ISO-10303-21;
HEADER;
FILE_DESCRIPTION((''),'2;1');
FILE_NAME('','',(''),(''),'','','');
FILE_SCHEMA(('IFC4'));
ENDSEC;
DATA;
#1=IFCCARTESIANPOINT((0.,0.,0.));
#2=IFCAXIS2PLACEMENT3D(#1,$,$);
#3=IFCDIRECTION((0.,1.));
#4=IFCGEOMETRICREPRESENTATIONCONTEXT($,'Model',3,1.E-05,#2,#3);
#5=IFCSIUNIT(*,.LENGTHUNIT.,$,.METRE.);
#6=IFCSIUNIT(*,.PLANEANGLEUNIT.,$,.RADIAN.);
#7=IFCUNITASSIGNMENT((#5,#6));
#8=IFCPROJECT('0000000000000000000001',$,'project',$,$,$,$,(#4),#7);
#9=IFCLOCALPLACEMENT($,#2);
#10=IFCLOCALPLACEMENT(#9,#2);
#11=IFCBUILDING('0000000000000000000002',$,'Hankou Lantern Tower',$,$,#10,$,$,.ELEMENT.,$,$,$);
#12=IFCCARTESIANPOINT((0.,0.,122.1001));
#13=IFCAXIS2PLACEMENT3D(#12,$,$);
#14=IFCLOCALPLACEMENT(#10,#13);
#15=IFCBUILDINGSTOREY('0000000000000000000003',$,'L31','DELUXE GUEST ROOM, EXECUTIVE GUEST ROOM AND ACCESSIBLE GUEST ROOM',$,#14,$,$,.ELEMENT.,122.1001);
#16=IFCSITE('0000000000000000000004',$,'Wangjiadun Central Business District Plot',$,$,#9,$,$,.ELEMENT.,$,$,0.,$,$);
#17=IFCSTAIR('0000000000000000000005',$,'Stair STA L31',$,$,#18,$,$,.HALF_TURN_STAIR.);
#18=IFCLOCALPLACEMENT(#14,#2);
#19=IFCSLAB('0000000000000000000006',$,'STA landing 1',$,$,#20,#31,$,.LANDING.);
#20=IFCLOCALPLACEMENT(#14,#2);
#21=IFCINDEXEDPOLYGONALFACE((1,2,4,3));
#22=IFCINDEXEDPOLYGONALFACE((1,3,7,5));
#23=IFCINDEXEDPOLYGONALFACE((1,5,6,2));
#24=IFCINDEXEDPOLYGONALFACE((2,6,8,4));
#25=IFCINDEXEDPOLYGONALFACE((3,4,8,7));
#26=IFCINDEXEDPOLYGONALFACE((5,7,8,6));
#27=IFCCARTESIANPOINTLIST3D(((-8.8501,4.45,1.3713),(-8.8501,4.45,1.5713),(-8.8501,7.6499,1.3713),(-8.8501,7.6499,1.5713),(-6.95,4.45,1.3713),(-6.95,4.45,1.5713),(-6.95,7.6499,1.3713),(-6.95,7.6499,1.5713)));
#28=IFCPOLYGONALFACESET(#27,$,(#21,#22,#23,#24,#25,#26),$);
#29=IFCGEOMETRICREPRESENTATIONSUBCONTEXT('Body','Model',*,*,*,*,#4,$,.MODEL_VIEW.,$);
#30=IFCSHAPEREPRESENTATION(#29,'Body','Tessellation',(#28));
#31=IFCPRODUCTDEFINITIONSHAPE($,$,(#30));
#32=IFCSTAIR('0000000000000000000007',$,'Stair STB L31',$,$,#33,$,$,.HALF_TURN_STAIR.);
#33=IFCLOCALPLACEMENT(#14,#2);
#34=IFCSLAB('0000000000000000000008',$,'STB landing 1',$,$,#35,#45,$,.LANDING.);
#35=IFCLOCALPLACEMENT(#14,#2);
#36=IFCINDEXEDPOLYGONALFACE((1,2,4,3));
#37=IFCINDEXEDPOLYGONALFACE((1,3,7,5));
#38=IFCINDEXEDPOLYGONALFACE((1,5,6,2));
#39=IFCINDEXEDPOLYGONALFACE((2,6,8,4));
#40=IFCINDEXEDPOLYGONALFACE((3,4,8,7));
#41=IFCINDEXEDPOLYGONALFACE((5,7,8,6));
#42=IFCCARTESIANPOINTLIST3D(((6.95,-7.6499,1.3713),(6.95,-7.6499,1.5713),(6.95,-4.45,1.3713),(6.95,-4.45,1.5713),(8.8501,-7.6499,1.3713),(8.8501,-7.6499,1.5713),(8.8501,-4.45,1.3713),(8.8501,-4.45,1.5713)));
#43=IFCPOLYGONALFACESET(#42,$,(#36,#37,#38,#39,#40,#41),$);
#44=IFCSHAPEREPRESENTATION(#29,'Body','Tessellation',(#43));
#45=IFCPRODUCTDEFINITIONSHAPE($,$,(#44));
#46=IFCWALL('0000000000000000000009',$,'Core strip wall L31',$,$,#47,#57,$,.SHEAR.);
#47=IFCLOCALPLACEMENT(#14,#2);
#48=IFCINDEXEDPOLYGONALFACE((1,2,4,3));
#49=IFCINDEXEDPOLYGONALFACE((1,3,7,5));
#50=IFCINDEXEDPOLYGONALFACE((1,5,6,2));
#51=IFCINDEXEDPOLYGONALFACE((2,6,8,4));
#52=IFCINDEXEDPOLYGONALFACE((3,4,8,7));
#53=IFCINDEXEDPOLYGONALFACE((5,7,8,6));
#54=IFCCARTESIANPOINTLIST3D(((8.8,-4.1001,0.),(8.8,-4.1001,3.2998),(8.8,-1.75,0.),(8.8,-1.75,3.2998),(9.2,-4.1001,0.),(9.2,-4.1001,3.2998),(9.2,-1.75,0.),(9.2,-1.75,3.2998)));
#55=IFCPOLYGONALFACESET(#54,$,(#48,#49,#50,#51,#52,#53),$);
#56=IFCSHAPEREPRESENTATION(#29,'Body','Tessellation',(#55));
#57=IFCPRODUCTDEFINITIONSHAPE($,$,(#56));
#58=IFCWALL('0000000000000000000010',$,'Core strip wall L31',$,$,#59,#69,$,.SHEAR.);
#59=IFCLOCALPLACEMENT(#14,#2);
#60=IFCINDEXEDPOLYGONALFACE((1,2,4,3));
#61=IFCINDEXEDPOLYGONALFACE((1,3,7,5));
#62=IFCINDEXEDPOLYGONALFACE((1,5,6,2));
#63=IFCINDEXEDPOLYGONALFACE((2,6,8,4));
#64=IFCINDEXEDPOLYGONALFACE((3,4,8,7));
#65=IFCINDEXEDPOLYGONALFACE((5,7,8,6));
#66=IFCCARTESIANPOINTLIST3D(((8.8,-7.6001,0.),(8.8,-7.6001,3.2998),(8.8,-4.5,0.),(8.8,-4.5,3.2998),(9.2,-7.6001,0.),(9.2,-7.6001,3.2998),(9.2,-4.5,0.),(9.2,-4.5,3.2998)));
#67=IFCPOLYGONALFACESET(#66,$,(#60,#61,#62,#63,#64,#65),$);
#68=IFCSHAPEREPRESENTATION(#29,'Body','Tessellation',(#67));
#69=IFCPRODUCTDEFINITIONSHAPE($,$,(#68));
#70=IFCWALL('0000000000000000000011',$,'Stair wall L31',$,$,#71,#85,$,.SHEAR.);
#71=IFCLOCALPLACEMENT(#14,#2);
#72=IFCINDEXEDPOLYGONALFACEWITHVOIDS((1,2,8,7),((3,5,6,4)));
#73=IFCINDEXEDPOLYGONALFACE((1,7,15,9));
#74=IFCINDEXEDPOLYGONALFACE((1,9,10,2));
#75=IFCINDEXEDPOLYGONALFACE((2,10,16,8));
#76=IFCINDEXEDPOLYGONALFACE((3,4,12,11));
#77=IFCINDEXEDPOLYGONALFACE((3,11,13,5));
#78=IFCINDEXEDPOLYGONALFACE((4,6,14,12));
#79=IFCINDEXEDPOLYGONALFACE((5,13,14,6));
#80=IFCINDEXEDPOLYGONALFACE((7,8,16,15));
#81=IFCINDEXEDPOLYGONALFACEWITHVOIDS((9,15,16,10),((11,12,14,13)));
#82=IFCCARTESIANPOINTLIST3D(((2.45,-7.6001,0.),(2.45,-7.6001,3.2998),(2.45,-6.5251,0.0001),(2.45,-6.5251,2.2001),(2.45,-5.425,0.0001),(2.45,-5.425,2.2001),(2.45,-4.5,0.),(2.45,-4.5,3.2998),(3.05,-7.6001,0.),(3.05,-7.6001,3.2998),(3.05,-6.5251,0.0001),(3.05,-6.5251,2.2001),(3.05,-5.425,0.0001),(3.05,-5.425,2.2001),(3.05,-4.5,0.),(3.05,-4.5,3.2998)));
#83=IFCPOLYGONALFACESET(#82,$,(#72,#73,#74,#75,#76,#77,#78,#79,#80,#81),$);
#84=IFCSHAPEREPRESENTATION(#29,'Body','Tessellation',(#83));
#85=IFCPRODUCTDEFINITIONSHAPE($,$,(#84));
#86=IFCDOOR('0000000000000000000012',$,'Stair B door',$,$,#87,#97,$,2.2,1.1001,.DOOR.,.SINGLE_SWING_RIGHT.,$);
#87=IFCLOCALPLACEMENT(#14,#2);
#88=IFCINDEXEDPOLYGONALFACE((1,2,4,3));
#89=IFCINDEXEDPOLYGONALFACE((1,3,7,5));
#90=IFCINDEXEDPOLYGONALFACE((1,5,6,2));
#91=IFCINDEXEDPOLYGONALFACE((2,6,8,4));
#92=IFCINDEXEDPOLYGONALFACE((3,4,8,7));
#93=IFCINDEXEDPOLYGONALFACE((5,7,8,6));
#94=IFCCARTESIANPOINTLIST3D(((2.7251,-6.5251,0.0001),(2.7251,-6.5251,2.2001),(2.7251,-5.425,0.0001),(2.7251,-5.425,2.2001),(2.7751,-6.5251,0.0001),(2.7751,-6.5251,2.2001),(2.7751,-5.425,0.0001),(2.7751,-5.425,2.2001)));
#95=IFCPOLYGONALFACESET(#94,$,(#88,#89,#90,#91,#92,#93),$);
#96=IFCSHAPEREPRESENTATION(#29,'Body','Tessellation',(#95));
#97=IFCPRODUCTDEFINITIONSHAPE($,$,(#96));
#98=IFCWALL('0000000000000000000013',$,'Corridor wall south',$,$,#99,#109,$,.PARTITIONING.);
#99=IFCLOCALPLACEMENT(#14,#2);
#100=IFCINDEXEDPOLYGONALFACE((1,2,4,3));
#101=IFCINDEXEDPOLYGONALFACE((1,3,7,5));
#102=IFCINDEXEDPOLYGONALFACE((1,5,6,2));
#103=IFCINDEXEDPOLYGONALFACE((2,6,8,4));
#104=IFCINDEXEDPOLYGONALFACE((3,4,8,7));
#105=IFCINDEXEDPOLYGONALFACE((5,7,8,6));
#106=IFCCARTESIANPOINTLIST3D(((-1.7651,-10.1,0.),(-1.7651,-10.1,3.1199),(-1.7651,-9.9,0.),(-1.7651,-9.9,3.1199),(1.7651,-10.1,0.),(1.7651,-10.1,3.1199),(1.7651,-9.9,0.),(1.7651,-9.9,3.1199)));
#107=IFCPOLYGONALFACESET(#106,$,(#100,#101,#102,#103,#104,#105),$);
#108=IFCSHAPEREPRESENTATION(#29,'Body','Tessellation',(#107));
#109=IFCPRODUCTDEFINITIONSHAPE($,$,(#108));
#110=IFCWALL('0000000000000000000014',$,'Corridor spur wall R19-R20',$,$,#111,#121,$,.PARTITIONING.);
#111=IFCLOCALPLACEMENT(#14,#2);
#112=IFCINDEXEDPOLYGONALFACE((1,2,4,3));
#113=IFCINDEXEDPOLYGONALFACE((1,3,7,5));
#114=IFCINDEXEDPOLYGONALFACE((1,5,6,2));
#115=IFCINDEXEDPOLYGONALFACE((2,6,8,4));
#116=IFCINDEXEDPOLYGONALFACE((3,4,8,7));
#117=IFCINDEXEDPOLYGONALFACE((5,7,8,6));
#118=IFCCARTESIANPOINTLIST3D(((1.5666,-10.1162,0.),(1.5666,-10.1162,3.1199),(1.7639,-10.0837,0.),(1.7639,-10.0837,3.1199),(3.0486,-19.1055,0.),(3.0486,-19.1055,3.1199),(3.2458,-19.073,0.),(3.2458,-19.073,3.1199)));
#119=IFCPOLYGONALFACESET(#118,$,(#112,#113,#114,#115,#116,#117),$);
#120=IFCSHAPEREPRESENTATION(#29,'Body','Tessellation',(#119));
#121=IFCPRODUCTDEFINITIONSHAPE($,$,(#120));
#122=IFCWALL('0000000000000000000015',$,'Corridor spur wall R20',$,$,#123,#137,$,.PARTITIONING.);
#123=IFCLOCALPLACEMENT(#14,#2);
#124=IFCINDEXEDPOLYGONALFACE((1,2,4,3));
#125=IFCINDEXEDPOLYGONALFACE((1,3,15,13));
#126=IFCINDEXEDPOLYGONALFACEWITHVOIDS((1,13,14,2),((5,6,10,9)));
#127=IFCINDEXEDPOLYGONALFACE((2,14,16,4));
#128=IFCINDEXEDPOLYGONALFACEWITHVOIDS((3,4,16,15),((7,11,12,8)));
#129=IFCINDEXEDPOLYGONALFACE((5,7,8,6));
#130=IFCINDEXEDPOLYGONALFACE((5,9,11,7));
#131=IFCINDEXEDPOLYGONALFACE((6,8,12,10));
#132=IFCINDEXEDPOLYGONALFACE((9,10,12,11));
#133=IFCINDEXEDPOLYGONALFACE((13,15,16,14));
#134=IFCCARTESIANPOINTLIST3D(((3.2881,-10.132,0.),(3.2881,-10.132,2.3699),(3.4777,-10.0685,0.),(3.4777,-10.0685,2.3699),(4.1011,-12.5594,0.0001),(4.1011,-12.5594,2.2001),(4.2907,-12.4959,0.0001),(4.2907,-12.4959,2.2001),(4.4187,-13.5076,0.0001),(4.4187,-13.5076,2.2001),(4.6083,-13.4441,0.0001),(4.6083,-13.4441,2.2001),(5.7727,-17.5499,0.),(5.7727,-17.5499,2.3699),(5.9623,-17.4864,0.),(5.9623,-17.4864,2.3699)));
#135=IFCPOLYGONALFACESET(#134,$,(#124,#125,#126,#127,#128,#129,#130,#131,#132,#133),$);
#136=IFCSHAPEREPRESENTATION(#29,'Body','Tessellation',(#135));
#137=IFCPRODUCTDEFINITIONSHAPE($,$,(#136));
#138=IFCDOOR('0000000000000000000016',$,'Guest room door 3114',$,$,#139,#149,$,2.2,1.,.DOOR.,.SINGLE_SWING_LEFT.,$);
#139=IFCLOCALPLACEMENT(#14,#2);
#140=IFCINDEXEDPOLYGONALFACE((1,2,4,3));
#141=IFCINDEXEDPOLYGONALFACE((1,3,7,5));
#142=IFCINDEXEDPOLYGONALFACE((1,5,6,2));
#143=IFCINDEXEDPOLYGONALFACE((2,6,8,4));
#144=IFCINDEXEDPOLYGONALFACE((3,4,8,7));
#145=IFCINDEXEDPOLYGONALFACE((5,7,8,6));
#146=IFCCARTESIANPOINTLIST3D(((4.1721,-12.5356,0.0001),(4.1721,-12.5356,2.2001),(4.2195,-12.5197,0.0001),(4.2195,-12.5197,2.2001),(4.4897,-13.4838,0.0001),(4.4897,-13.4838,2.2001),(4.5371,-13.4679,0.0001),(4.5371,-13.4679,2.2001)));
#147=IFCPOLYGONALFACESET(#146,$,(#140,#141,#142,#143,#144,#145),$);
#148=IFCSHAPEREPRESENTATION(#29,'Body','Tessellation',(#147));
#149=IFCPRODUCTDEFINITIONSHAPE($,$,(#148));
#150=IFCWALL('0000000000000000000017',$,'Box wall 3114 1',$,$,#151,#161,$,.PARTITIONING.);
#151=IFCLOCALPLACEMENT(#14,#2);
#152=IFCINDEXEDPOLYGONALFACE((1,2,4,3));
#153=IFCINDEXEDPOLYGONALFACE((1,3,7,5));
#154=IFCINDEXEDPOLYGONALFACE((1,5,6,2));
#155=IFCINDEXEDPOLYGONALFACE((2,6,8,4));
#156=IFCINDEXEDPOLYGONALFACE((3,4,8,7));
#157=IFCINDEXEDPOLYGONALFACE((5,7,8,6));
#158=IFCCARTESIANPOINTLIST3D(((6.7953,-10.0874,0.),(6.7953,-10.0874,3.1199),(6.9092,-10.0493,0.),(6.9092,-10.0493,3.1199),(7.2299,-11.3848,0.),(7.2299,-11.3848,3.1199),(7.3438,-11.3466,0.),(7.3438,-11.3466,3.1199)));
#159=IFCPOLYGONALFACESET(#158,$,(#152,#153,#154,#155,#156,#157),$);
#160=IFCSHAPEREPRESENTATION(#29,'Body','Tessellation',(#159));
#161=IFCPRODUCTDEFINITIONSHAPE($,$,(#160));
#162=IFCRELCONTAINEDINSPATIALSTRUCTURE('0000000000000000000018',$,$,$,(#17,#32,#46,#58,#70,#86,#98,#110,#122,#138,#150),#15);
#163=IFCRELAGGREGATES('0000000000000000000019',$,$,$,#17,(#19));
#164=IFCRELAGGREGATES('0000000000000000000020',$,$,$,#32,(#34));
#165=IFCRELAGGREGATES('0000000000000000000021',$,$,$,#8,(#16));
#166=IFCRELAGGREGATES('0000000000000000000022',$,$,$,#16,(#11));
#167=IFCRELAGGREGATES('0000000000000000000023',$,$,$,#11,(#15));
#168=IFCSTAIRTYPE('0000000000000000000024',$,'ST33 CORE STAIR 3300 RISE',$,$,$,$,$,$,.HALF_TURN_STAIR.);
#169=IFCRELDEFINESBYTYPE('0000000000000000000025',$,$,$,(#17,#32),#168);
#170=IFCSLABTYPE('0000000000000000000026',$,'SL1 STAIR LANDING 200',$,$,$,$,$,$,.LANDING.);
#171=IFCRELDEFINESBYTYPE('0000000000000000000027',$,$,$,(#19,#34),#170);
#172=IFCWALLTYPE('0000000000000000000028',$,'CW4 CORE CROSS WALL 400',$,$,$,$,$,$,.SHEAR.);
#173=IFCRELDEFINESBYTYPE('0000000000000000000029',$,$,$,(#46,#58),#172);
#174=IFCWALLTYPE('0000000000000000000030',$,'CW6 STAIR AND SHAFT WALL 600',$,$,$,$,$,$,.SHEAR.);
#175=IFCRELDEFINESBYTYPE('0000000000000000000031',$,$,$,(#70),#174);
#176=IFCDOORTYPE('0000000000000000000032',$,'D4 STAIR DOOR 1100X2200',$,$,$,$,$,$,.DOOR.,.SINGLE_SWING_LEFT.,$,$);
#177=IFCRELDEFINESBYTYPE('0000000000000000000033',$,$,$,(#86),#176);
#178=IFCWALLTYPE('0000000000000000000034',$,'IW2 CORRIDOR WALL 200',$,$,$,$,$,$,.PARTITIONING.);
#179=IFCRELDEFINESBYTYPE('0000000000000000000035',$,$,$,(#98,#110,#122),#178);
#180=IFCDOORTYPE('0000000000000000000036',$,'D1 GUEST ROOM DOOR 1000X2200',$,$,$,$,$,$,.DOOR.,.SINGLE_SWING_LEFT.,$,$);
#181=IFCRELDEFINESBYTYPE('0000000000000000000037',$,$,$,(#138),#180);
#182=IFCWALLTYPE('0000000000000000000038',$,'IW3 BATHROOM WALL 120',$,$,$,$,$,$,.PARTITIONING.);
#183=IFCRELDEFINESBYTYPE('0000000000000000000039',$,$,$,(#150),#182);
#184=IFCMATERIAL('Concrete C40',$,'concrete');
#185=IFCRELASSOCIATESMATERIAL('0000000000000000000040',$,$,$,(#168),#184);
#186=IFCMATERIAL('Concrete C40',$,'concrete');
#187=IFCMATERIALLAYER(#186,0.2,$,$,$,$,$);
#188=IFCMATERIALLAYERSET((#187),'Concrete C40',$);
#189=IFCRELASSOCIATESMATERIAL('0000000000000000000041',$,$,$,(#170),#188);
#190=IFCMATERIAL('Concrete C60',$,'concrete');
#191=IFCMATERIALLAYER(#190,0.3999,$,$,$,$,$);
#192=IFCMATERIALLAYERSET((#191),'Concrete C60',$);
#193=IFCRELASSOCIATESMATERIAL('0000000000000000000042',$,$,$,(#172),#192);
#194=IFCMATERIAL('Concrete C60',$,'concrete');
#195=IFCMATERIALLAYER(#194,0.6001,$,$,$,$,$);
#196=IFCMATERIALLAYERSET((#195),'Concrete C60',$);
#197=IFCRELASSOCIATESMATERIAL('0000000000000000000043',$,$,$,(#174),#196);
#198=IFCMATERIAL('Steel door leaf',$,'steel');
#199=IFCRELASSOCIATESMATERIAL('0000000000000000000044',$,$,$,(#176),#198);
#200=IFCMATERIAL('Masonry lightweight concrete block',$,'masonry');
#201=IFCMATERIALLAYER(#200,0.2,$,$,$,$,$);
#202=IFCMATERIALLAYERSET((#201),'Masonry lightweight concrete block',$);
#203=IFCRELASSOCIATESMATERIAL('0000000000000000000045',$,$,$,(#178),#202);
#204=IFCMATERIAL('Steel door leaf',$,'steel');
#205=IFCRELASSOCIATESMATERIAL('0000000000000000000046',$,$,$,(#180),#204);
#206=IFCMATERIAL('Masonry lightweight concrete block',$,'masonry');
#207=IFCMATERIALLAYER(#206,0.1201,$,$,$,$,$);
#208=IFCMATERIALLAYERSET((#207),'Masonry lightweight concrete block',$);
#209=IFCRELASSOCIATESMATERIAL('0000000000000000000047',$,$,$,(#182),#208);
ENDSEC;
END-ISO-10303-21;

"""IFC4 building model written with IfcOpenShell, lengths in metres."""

from ifc_helpers import new_model, si_unit, direction, frame, frame_2d, origin, place, context, subcontext, project, spatial, polyline, rectangle, outline, extrude, material, layer, layer_set, type_object, element, fill, aggregate, save


model = new_model("IFC4")

# Units and contexts
model_context = context("Model", 3, precision=1e-05, world=origin(), true_north=direction((0.0, 1.0)))
body_context = subcontext(model_context, "Body", "Model", "MODEL_VIEW")
ifc_project = project(units=[si_unit("LENGTHUNIT", "METRE"), si_unit("PLANEANGLEUNIT", "RADIAN")], contexts=[model_context])

# Site, building, storey
site_placement = place(None, origin())
site = spatial("IfcSite", under=ifc_project, at=site_placement, Name="Wangjiadun Central Business District Plot", CompositionType="ELEMENT", RefElevation=0.0)
building_placement = place(site_placement, origin())
building = spatial("IfcBuilding", under=site, at=building_placement, Name="Hankou Lantern Tower", CompositionType="ELEMENT")
storey_placement = place(building_placement, frame((0.0, 0.0, 122.1001)))
storey = spatial("IfcBuildingStorey", under=building, at=storey_placement, Name="L31", Description="DELUXE GUEST ROOM, EXECUTIVE GUEST ROOM AND ACCESSIBLE GUEST ROOM", CompositionType="ELEMENT", Elevation=122.1001)

# Stairs, slabs
ifc_material_1 = material(Name="Concrete C40", Category="concrete")
stair_type = type_object("IfcStairType", Name="ST33 CORE STAIR 3300 RISE", PredefinedType="HALF_TURN_STAIR", material=ifc_material_1)
stair_1_placement = place(storey_placement, origin())
stair_1 = element("IfcStair", 1, at=stair_1_placement, inside=storey, type_object=stair_type, Name="Stair STA L31", PredefinedType="HALF_TURN_STAIR")
ifc_material_2 = material(Name="Concrete C40", Category="concrete")
ifc_layer_1 = layer(ifc_material_2, 0.2)
ifc_layer_set_1 = layer_set([ifc_layer_1], Name="Concrete C40")
slab_type = type_object("IfcSlabType", Name="SL1 STAIR LANDING 200", PredefinedType="LANDING", material=ifc_layer_set_1)
slab_1_placement = place(storey_placement, frame((0.0, 0.0, 1.3713)))
slab_1 = element("IfcSlab", 2, at=slab_1_placement, type_object=slab_type, Name="STA landing 1", PredefinedType="LANDING", context=body_context, shape_type="SweptSolid", body=[
    extrude(outline(polyline([(-8.8501, 4.45), (-6.95, 4.45), (-6.95, 7.6499), (-8.8501, 7.6499), (-8.8501, 4.45)])), origin(), (0.0, 0.0, 1.0), 0.2),
])
aggregate(stair_1, [slab_1])
stair_2_placement = place(storey_placement, origin())
stair_2 = element("IfcStair", 3, at=stair_2_placement, inside=storey, type_object=stair_type, Name="Stair STB L31", PredefinedType="HALF_TURN_STAIR")
slab_2_placement = place(storey_placement, frame((0.0, 0.0, 1.3713)))
slab_2 = element("IfcSlab", 4, at=slab_2_placement, type_object=slab_type, Name="STB landing 1", PredefinedType="LANDING", context=body_context, shape_type="SweptSolid", body=[
    extrude(outline(polyline([(8.8501, -4.45), (6.95, -4.45), (6.95, -7.6499), (8.8501, -7.6499), (8.8501, -4.45)])), origin(), (0.0, 0.0, 1.0), 0.2),
])

# Walls
ifc_material_3 = material(Name="Concrete C60", Category="concrete")
ifc_layer_2 = layer(ifc_material_3, 0.3999)
ifc_layer_set_2 = layer_set([ifc_layer_2], Name="Concrete C60")
wall_type_1 = type_object("IfcWallType", Name="CW4 CORE CROSS WALL 400", PredefinedType="SHEAR", material=ifc_layer_set_2)
wall_1_placement = place(storey_placement, frame((9.0, -4.1001, 0.0), z_axis=(0.0, 0.0, 1.0), x_axis=(0.0, 1.0, 0.0)))
element("IfcWall", 5, at=wall_1_placement, inside=storey, type_object=wall_type_1, Name="Core strip wall L31", PredefinedType="SHEAR", context=body_context, shape_type="SweptSolid", body=[
    extrude(rectangle(XDim=2.3501, YDim=0.3999, at=frame_2d((1.175, 0.0))), origin(), (0.0, 0.0, 1.0), 3.2998),
])
wall_2_placement = place(storey_placement, frame((9.0, -7.6001, 0.0), z_axis=(0.0, 0.0, 1.0), x_axis=(0.0, 1.0, 0.0)))
element("IfcWall", 6, at=wall_2_placement, inside=storey, type_object=wall_type_1, Name="Core strip wall L31", PredefinedType="SHEAR", context=body_context, shape_type="SweptSolid", body=[
    extrude(rectangle(XDim=3.1001, YDim=0.3999, at=frame_2d((1.55, 0.0))), origin(), (0.0, 0.0, 1.0), 3.2998),
])

# Wall, opening, door
ifc_material_4 = material(Name="Concrete C60", Category="concrete")
ifc_layer_3 = layer(ifc_material_4, 0.6001)
ifc_layer_set_3 = layer_set([ifc_layer_3], Name="Concrete C60")
wall_type_2 = type_object("IfcWallType", Name="CW6 STAIR AND SHAFT WALL 600", PredefinedType="SHEAR", material=ifc_layer_set_3)
wall_3_placement = place(storey_placement, frame((2.75, -7.6001, 0.0), z_axis=(0.0, 0.0, 1.0), x_axis=(0.0, 1.0, 0.0)))
wall_3 = element("IfcWall", 7, at=wall_3_placement, inside=storey, type_object=wall_type_2, Name="Stair wall L31", PredefinedType="SHEAR", context=body_context, shape_type="SweptSolid", body=[
    extrude(rectangle(XDim=3.1001, YDim=0.6001, at=frame_2d((1.55, 0.0))), origin(), (0.0, 0.0, 1.0), 3.2998),
])
opening_1_placement = place(wall_3_placement, frame((1.075, 0.0, 0.0)))
opening_1 = element("IfcOpeningElement", 8, at=opening_1_placement, cuts=wall_3, PredefinedType="OPENING", context=body_context, shape_type="SweptSolid", body=[
    extrude(rectangle(XDim=1.1001, YDim=2.2, at=frame_2d((0.55, 1.1001))), frame((0.0, 0.3101, 0.0), z_axis=(0.0, -1.0, 0.0), x_axis=(1.0, 0.0, 0.0)), (0.0, 0.0, 1.0), 0.6201),
])
ifc_material_5 = material(Name="Steel door leaf", Category="steel")
door_type_1 = type_object("IfcDoorType", Name="D4 STAIR DOOR 1100X2200", OperationType="SINGLE_SWING_LEFT", PredefinedType="DOOR", material=ifc_material_5)
door_1_placement = place(opening_1_placement, origin())
door_1 = element("IfcDoor", 9, at=door_1_placement, inside=storey, type_object=door_type_1, Name="Stair B door", OperationType="SINGLE_SWING_RIGHT", OverallHeight=2.2, OverallWidth=1.1001, PredefinedType="DOOR", context=body_context, shape_type="SweptSolid", body=[
    extrude(rectangle(XDim=1.1001, YDim=2.2, at=frame_2d((0.55, 1.1001))), frame((0.0, 0.0249, 0.0), z_axis=(0.0, -1.0, 0.0), x_axis=(1.0, 0.0, 0.0)), (0.0, 0.0, 1.0), 0.05),
])
fill(opening_1, door_1)

# Walls
ifc_material_6 = material(Name="Masonry lightweight concrete block", Category="masonry")
ifc_layer_4 = layer(ifc_material_6, 0.2)
ifc_layer_set_4 = layer_set([ifc_layer_4], Name="Masonry lightweight concrete block")
wall_type_3 = type_object("IfcWallType", Name="IW2 CORRIDOR WALL 200", PredefinedType="PARTITIONING", material=ifc_layer_set_4)
wall_4_placement = place(storey_placement, frame((1.7651, -10.0, 0.0), z_axis=(0.0, 0.0, 1.0), x_axis=(-1.0, 0.0, 0.0)))
element("IfcWall", 10, at=wall_4_placement, inside=storey, type_object=wall_type_3, Name="Corridor wall south", PredefinedType="PARTITIONING", context=body_context, shape_type="SweptSolid", body=[
    extrude(rectangle(XDim=3.5303, YDim=0.2, at=frame_2d((1.7651, 0.0))), origin(), (0.0, 0.0, 1.0), 3.1199),
])
wall_5_placement = place(storey_placement, frame((1.6653, -10.1001, 0.0), z_axis=(0.0, 0.0, 1.0), x_axis=(0.162661, -0.986682, 0.0)))
element("IfcWall", 11, at=wall_5_placement, inside=storey, type_object=wall_type_3, Name="Corridor spur wall R19-R20", PredefinedType="PARTITIONING", context=body_context, shape_type="SweptSolid", body=[
    extrude(rectangle(XDim=9.1106, YDim=0.2, at=frame_2d((4.5552, 0.0))), origin(), (0.0, 0.0, 1.0), 3.1199),
])

# Wall, opening, door
wall_6_placement = place(storey_placement, frame((3.3828, -10.1001, 0.0), z_axis=(0.0, 0.0, 1.0), x_axis=(0.317604, -0.948224, 0.0)))
wall_6 = element("IfcWall", 12, at=wall_6_placement, inside=storey, type_object=wall_type_3, Name="Corridor spur wall R20", PredefinedType="PARTITIONING", context=body_context, shape_type="SweptSolid", body=[
    extrude(rectangle(XDim=7.823, YDim=0.2, at=frame_2d((3.9116, 0.0))), origin(), (0.0, 0.0, 1.0), 2.3699),
])
opening_2_placement = place(wall_6_placement, frame((2.5601, 0.0, 0.0)))
opening_2 = element("IfcOpeningElement", 13, at=opening_2_placement, cuts=wall_6, PredefinedType="OPENING", context=body_context, shape_type="SweptSolid", body=[
    extrude(rectangle(XDim=1.0, YDim=2.2, at=frame_2d((0.5, 1.1001))), frame((0.0, 0.1099, 0.0), z_axis=(0.0, -1.0, 0.0), x_axis=(1.0, 0.0, 0.0)), (0.0, 0.0, 1.0), 0.22),
])
ifc_material_7 = material(Name="Steel door leaf", Category="steel")
door_type_2 = type_object("IfcDoorType", Name="D1 GUEST ROOM DOOR 1000X2200", OperationType="SINGLE_SWING_LEFT", PredefinedType="DOOR", material=ifc_material_7)
door_2_placement = place(opening_2_placement, origin())
door_2 = element("IfcDoor", 14, at=door_2_placement, inside=storey, type_object=door_type_2, Name="Guest room door 3114", OperationType="SINGLE_SWING_LEFT", OverallHeight=2.2, OverallWidth=1.0, PredefinedType="DOOR", context=body_context, shape_type="SweptSolid", body=[
    extrude(rectangle(XDim=1.0, YDim=2.2, at=frame_2d((0.5, 1.1001))), frame((0.0, 0.0249, 0.0), z_axis=(0.0, -1.0, 0.0), x_axis=(1.0, 0.0, 0.0)), (0.0, 0.0, 1.0), 0.05),
])
fill(opening_2, door_2)

# Wall
ifc_material_8 = material(Name="Masonry lightweight concrete block", Category="masonry")
ifc_layer_5 = layer(ifc_material_8, 0.1201)
ifc_layer_set_5 = layer_set([ifc_layer_5], Name="Masonry lightweight concrete block")
wall_type_4 = type_object("IfcWallType", Name="IW3 BATHROOM WALL 120", PredefinedType="PARTITIONING", material=ifc_layer_set_5)
wall_7_placement = place(storey_placement, frame((6.8523, -10.0684, 0.0), z_axis=(0.0, 0.0, 1.0), x_axis=(0.317619, -0.948218, 0.0)))
element("IfcWall", 15, at=wall_7_placement, inside=storey, type_object=wall_type_4, Name="Box wall 3114 1", PredefinedType="PARTITIONING", context=body_context, shape_type="SweptSolid", body=[
    extrude(rectangle(XDim=1.3682, YDim=0.1201, at=frame_2d((0.6841, 0.0))), origin(), (0.0, 0.0, 1.0), 3.1199),
])

aggregate(stair_2, [slab_2])

save(model, "model.ifc")
